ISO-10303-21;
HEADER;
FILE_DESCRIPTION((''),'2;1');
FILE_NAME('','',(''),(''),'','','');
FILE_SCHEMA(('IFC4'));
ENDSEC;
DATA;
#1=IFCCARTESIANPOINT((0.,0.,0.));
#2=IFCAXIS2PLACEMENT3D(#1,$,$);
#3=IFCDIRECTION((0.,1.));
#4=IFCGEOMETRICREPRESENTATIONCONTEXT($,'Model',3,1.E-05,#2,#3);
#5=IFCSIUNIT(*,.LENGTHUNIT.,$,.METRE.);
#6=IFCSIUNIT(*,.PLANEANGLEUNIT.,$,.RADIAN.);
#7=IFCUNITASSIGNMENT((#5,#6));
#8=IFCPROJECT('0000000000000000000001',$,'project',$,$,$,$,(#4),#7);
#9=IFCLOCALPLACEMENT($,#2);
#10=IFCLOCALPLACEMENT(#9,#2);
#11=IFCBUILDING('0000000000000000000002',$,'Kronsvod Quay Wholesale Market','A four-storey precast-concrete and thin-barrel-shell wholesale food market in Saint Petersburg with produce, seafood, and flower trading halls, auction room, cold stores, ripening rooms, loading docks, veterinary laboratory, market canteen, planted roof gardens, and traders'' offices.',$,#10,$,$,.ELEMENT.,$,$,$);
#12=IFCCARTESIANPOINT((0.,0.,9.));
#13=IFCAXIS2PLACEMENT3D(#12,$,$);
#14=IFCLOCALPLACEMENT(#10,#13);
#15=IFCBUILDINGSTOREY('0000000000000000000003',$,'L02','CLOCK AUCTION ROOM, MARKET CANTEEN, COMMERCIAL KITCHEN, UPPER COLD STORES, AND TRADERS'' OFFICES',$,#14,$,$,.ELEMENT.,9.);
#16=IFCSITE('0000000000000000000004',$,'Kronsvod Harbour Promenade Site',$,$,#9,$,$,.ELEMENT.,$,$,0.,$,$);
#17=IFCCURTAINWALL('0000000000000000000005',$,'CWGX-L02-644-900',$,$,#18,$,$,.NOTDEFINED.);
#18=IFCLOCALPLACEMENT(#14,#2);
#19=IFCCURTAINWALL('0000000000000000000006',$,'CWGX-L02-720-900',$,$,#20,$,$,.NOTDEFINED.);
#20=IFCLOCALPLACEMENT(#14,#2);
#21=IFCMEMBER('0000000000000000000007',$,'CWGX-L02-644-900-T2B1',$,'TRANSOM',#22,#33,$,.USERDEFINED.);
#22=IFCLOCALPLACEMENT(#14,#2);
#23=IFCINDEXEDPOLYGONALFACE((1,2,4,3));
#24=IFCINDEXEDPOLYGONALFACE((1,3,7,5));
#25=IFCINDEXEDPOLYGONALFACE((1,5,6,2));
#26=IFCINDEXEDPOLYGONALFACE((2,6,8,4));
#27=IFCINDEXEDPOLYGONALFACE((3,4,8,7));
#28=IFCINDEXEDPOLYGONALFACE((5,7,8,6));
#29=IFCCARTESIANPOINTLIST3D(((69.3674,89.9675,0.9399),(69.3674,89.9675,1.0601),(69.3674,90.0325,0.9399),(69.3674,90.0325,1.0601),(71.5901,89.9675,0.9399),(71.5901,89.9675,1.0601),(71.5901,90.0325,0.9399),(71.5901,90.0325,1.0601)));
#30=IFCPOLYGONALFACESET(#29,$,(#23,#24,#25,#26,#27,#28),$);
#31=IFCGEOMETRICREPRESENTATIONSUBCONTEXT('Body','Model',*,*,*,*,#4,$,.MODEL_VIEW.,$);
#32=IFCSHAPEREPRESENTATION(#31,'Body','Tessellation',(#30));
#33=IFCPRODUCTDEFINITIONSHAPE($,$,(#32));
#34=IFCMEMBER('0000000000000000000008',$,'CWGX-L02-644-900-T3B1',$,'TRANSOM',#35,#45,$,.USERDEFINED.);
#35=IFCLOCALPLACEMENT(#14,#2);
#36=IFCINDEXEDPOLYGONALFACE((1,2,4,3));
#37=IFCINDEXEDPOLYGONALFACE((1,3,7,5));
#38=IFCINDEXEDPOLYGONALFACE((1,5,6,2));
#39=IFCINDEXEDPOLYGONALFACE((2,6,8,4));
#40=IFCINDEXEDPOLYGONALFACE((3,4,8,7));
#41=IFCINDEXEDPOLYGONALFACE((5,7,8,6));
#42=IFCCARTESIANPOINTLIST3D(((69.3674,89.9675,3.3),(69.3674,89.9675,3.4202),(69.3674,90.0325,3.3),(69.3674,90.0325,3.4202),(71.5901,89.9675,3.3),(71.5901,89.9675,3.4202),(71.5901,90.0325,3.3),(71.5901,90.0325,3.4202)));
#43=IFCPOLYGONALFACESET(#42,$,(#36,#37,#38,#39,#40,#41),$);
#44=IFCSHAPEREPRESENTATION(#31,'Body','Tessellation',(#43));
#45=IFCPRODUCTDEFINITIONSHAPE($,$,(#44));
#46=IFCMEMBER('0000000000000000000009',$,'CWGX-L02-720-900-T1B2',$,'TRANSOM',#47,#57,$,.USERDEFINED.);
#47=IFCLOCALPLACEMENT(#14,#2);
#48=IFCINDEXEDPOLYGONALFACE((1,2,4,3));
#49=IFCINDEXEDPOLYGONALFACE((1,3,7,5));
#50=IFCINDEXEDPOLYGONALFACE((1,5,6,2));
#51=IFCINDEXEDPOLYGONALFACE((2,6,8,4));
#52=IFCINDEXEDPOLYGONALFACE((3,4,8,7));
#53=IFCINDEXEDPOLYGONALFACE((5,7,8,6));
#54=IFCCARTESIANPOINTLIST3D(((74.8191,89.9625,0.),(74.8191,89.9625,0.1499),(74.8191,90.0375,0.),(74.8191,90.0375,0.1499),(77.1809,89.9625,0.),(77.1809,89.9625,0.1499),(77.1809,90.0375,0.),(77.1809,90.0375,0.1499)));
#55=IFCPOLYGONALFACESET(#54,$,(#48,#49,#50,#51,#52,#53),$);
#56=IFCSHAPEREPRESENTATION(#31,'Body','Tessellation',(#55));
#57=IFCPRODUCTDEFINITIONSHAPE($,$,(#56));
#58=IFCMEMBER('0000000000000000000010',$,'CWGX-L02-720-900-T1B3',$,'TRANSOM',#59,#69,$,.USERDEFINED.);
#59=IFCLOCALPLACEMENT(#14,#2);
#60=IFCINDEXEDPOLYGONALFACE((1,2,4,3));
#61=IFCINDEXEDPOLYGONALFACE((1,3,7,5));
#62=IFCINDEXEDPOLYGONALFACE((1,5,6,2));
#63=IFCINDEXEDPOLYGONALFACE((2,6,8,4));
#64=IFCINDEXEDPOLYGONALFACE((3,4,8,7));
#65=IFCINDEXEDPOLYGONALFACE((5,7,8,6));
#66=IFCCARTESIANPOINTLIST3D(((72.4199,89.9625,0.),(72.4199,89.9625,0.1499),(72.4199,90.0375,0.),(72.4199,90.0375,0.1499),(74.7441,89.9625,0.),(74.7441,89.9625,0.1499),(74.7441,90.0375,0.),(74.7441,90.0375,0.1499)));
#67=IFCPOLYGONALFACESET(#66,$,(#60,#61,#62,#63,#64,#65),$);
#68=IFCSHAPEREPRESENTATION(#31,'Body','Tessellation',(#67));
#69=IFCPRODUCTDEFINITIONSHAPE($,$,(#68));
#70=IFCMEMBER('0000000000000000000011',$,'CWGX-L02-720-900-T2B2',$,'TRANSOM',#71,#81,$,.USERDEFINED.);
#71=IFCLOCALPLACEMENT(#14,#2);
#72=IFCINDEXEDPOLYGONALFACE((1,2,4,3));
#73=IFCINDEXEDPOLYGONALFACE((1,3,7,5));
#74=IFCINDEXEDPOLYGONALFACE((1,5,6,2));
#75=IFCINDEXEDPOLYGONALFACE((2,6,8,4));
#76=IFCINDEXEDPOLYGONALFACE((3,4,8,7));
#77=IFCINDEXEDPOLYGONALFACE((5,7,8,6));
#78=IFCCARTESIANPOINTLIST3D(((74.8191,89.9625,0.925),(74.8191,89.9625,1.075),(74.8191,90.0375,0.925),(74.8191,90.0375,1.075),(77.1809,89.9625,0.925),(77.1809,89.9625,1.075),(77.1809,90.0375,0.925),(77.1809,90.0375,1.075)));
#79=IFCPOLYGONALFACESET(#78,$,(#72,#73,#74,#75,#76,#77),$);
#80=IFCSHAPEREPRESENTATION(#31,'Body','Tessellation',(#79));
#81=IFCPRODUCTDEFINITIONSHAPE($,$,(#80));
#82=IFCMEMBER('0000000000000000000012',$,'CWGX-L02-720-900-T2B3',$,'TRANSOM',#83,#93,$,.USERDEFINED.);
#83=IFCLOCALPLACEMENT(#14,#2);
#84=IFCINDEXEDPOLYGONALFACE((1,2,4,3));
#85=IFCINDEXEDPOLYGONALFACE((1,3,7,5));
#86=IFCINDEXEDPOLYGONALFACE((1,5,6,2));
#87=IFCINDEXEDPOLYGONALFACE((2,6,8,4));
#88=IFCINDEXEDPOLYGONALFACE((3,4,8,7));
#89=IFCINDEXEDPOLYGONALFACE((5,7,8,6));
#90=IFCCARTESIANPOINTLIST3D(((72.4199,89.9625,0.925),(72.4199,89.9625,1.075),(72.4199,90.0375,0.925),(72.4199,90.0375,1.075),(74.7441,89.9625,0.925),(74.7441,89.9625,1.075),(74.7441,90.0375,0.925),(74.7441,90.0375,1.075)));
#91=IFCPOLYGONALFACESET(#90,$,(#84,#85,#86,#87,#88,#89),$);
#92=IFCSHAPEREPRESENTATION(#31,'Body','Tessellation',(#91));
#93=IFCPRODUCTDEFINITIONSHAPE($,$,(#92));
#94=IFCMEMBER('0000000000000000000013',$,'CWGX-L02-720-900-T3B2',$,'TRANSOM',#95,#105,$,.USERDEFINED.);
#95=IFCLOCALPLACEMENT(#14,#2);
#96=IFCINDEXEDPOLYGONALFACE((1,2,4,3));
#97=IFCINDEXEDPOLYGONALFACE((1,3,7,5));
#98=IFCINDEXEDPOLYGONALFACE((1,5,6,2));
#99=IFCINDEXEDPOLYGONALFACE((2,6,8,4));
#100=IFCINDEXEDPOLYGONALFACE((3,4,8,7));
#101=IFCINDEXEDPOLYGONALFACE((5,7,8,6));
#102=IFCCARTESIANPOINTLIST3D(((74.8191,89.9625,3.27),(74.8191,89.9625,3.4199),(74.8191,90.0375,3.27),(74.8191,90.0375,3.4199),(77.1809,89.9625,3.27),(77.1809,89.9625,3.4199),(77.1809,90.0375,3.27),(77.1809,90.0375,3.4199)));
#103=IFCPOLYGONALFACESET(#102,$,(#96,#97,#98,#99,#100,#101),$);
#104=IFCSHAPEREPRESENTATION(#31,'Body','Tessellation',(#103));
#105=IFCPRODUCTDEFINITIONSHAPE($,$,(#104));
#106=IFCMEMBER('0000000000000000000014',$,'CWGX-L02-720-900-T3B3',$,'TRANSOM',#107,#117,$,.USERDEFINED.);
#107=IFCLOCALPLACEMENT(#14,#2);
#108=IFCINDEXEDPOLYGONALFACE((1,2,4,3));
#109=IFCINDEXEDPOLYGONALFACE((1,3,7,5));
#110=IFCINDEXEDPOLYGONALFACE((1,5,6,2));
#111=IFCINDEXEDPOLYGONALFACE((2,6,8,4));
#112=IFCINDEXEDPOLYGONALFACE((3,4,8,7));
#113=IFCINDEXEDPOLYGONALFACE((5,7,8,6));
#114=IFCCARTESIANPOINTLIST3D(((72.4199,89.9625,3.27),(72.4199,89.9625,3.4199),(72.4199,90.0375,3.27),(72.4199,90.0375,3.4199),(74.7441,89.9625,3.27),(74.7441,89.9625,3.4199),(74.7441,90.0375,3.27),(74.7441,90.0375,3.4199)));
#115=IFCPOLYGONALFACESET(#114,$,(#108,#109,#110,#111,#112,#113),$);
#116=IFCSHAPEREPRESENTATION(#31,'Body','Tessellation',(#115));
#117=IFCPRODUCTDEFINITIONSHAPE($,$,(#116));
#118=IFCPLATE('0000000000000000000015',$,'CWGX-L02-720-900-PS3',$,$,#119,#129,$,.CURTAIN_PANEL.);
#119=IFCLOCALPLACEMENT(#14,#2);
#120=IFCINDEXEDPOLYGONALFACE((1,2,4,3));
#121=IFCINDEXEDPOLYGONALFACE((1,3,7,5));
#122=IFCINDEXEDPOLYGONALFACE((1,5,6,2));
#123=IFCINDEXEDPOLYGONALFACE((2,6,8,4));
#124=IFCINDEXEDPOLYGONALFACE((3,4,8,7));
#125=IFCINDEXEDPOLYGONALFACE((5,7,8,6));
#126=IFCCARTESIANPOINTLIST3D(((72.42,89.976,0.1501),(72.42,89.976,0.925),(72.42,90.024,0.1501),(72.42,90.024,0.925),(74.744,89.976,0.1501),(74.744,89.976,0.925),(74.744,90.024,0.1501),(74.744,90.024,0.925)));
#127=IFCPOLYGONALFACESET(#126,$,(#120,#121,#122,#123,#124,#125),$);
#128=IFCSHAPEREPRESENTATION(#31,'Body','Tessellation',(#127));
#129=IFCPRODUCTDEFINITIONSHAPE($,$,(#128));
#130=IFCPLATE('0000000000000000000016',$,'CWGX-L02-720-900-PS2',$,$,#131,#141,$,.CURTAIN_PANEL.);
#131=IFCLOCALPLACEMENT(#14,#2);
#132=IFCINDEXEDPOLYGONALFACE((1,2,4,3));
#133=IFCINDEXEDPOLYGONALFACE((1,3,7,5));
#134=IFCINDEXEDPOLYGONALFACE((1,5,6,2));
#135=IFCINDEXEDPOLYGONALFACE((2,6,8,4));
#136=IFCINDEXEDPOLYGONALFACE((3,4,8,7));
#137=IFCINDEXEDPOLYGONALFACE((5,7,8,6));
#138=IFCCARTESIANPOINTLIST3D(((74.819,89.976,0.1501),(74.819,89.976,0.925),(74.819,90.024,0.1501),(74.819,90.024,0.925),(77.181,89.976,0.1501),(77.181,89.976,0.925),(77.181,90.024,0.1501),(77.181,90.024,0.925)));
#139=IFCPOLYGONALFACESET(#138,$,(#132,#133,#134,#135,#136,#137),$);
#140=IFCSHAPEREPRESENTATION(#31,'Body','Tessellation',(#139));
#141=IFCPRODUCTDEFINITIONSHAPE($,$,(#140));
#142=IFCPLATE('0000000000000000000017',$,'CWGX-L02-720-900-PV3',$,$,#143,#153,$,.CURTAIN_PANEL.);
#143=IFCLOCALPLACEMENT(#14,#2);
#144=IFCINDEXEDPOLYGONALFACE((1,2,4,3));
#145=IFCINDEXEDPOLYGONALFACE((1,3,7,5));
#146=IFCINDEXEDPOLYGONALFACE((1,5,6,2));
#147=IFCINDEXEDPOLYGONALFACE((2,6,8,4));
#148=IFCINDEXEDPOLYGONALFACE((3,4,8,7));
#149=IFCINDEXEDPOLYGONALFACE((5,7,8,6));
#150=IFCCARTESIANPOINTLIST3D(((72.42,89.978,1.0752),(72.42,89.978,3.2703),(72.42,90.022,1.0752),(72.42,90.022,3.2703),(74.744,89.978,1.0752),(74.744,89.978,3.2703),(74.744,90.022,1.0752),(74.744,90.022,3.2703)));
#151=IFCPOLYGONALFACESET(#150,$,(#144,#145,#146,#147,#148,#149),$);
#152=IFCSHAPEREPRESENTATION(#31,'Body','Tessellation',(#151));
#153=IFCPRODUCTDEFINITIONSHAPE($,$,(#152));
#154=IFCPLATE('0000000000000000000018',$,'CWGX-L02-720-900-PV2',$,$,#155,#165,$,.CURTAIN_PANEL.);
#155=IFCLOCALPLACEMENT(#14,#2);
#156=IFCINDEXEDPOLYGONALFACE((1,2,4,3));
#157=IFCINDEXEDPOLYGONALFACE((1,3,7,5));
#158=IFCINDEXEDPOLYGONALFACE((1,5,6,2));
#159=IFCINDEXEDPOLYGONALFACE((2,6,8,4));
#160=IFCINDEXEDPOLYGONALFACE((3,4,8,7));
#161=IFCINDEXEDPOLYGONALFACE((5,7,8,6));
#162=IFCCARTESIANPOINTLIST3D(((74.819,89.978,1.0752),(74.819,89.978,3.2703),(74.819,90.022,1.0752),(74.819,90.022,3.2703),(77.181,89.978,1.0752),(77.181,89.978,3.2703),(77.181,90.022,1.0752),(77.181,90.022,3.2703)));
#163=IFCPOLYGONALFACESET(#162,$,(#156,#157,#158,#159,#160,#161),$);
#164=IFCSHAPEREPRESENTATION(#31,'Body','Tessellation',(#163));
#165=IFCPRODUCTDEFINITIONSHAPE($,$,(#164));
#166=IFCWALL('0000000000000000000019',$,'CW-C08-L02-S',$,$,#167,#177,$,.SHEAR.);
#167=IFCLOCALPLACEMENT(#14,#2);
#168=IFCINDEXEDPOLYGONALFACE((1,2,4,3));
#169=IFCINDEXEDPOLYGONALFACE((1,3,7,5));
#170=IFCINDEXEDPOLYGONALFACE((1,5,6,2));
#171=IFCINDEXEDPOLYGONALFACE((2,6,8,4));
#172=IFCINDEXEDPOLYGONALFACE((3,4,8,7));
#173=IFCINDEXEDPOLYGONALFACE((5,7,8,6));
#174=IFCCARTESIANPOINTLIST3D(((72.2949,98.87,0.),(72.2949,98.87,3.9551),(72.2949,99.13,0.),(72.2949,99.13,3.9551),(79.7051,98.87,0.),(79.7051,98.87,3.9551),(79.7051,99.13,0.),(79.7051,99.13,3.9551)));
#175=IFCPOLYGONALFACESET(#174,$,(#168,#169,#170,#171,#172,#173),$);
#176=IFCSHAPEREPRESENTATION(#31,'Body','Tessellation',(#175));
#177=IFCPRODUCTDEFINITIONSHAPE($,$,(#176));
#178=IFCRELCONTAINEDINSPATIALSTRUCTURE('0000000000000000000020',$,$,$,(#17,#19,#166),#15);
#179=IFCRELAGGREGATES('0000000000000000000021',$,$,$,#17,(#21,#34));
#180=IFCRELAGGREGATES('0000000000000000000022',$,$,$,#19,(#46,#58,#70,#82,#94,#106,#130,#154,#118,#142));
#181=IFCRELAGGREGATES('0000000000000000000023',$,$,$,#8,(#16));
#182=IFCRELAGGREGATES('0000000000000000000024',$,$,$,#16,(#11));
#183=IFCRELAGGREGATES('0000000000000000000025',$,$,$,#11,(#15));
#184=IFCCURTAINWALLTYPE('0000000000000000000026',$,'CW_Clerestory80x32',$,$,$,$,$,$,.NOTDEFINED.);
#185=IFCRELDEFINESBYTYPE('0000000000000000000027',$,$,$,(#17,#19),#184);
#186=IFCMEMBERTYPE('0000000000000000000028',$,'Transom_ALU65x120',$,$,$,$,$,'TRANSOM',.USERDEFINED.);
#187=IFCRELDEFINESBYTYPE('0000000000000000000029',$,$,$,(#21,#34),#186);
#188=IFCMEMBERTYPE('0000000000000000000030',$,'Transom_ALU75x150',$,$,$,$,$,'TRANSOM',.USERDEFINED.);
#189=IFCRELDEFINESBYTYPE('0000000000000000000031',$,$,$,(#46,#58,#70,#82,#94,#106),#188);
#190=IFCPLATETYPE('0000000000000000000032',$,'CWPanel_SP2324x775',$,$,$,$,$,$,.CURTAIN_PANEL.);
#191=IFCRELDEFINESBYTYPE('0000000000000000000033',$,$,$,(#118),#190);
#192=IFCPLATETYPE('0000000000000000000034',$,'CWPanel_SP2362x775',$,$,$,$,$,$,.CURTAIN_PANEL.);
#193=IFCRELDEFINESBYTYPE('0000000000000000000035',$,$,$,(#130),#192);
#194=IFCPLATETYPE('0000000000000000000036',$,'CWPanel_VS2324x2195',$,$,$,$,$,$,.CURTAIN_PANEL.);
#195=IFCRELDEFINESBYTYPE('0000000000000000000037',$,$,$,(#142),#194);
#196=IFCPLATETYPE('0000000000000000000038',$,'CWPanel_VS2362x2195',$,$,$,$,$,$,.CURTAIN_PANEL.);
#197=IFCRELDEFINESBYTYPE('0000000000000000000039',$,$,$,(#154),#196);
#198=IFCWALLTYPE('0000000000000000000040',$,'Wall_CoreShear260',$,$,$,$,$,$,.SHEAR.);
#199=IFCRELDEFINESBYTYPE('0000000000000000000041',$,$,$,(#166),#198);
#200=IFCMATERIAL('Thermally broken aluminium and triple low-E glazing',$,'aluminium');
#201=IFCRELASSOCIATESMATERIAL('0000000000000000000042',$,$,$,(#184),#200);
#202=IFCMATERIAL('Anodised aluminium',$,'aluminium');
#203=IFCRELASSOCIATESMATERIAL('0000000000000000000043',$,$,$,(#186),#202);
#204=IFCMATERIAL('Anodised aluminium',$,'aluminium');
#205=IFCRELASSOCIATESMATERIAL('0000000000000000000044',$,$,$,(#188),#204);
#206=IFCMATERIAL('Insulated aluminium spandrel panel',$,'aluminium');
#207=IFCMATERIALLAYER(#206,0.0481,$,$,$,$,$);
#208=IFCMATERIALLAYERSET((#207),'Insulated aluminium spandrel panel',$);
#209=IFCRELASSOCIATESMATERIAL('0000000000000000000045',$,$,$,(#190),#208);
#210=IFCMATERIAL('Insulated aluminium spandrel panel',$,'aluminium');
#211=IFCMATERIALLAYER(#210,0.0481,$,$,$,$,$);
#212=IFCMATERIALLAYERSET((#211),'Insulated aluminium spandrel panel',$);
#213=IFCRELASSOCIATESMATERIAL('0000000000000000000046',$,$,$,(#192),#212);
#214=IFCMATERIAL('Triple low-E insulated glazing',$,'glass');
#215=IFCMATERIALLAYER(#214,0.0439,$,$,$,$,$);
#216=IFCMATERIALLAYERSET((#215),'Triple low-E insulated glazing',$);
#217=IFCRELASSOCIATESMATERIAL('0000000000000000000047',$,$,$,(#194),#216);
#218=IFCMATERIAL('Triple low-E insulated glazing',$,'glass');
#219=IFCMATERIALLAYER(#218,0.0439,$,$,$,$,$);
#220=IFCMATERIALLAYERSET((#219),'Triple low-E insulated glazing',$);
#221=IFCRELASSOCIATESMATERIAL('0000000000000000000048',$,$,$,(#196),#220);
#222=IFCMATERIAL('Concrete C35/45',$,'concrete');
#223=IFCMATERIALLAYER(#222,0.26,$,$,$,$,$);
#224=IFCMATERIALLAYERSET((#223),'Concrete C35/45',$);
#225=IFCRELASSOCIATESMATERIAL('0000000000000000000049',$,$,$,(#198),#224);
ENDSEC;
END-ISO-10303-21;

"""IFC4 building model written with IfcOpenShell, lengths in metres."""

from ifc_helpers import new_model, si_unit, direction, frame, frame_2d, origin, origin_2d, place, context, subcontext, project, spatial, rectangle, extrude, material, layer, layer_set, material_profile, profile_set, type_object, element, aggregate, save


model = new_model("IFC4")

# Units and contexts
model_context = context("Model", 3, precision=1e-05, world=origin(), true_north=direction((0.0, 1.0)))
body_context = subcontext(model_context, "Body", "Model", "MODEL_VIEW")
ifc_project = project(units=[si_unit("LENGTHUNIT", "METRE"), si_unit("PLANEANGLEUNIT", "RADIAN")], contexts=[model_context])

# Site, building, storey
site_placement = place(None, origin())
site = spatial("IfcSite", under=ifc_project, at=site_placement, Name="Kronsvod Harbour Promenade Site", CompositionType="ELEMENT", RefElevation=0.0)
building_placement = place(site_placement, origin())
building = spatial("IfcBuilding", under=site, at=building_placement, Name="Kronsvod Quay Wholesale Market", Description="A four-storey precast-concrete and thin-barrel-shell wholesale food market in Saint Petersburg with produce, seafood, and flower trading halls, auction room, cold stores, ripening rooms, loading docks, veterinary laboratory, market canteen, planted roof gardens, and traders' offices.", CompositionType="ELEMENT")
storey_placement = place(building_placement, frame((0.0, 0.0, 9.0)))
storey = spatial("IfcBuildingStorey", under=building, at=storey_placement, Name="L02", Description="CLOCK AUCTION ROOM, MARKET CANTEEN, COMMERCIAL KITCHEN, UPPER COLD STORES, AND TRADERS' OFFICES", CompositionType="ELEMENT", Elevation=9.0)

# Curtain wall
ifc_material_1 = material(Name="Thermally broken aluminium and triple low-E glazing", Category="aluminium")
curtain_wall_type_1 = type_object("IfcCurtainWallType", Name="CW_Clerestory80x32", PredefinedType="NOTDEFINED", material=ifc_material_1)
curtain_wall_1_placement = place(storey_placement, origin())
curtain_wall_1 = element("IfcCurtainWall", 1, at=curtain_wall_1_placement, inside=storey, type_object=curtain_wall_type_1, Name="CWGX-L02-644-900", PredefinedType="NOTDEFINED")

# Curtain wall
curtain_wall_2_placement = place(storey_placement, origin())
curtain_wall_2 = element("IfcCurtainWall", 2, at=curtain_wall_2_placement, inside=storey, type_object=curtain_wall_type_1, Name="CWGX-L02-720-900", PredefinedType="NOTDEFINED")

# Members
ifc_material_2 = material(Name="Anodised aluminium", Category="aluminium")
ifc_material_profile_1 = material_profile(ifc_material_2, rectangle(XDim=0.0649, YDim=0.1201, at=origin_2d()), Name="ALUT65x120")
ifc_profile_set_1 = profile_set([ifc_material_profile_1], Name="Anodised aluminium")
member_type_1 = type_object("IfcMemberType", Name="Transom_ALU65x120", ElementType="TRANSOM", PredefinedType="USERDEFINED", material=ifc_profile_set_1)
member_1_placement = place(storey_placement, frame((71.5901, 90.0, 1.0), z_axis=(-1.0, 0.0, 0.0), x_axis=(0.0, -1.0, 0.0)))
member_1 = element("IfcMember", 3, at=member_1_placement, type_object=member_type_1, Name="CWGX-L02-644-900-T2B1", ObjectType="TRANSOM", PredefinedType="USERDEFINED", context=body_context, shape_type="SweptSolid", body=[
    extrude(rectangle(XDim=0.0649, YDim=0.1201, at=origin_2d()), origin(), (0.0, 0.0, 1.0), 2.2227),
])
member_2_placement = place(storey_placement, frame((71.5901, 90.0, 3.3601), z_axis=(-1.0, 0.0, 0.0), x_axis=(0.0, -1.0, 0.0)))
member_2 = element("IfcMember", 4, at=member_2_placement, type_object=member_type_1, Name="CWGX-L02-644-900-T3B1", ObjectType="TRANSOM", PredefinedType="USERDEFINED", context=body_context, shape_type="SweptSolid", body=[
    extrude(rectangle(XDim=0.0649, YDim=0.1201, at=origin_2d()), origin(), (0.0, 0.0, 1.0), 2.2227),
])
aggregate(curtain_wall_1, [member_1, member_2])
ifc_material_3 = material(Name="Anodised aluminium", Category="aluminium")
ifc_material_profile_2 = material_profile(ifc_material_3, rectangle(XDim=0.075, YDim=0.1499, at=origin_2d()), Name="ALUT75x150")
ifc_profile_set_2 = profile_set([ifc_material_profile_2], Name="Anodised aluminium")
member_type_2 = type_object("IfcMemberType", Name="Transom_ALU75x150", ElementType="TRANSOM", PredefinedType="USERDEFINED", material=ifc_profile_set_2)
member_3_placement = place(storey_placement, frame((77.1809, 90.0, 0.075), z_axis=(-1.0, 0.0, 0.0), x_axis=(0.0, -1.0, 0.0)))
member_3 = element("IfcMember", 5, at=member_3_placement, type_object=member_type_2, Name="CWGX-L02-720-900-T1B2", ObjectType="TRANSOM", PredefinedType="USERDEFINED", context=body_context, shape_type="SweptSolid", body=[
    extrude(rectangle(XDim=0.075, YDim=0.1499, at=origin_2d()), origin(), (0.0, 0.0, 1.0), 2.3618),
])
member_4_placement = place(storey_placement, frame((74.7441, 90.0, 0.075), z_axis=(-1.0, 0.0, 0.0), x_axis=(0.0, -1.0, 0.0)))
member_4 = element("IfcMember", 6, at=member_4_placement, type_object=member_type_2, Name="CWGX-L02-720-900-T1B3", ObjectType="TRANSOM", PredefinedType="USERDEFINED", context=body_context, shape_type="SweptSolid", body=[
    extrude(rectangle(XDim=0.075, YDim=0.1499, at=origin_2d()), origin(), (0.0, 0.0, 1.0), 2.3242),
])
member_5_placement = place(storey_placement, frame((77.1809, 90.0, 1.0), z_axis=(-1.0, 0.0, 0.0), x_axis=(0.0, -1.0, 0.0)))
member_5 = element("IfcMember", 7, at=member_5_placement, type_object=member_type_2, Name="CWGX-L02-720-900-T2B2", ObjectType="TRANSOM", PredefinedType="USERDEFINED", context=body_context, shape_type="SweptSolid", body=[
    extrude(rectangle(XDim=0.075, YDim=0.1499, at=origin_2d()), origin(), (0.0, 0.0, 1.0), 2.3618),
])
member_6_placement = place(storey_placement, frame((74.7441, 90.0, 1.0), z_axis=(-1.0, 0.0, 0.0), x_axis=(0.0, -1.0, 0.0)))
member_6 = element("IfcMember", 8, at=member_6_placement, type_object=member_type_2, Name="CWGX-L02-720-900-T2B3", ObjectType="TRANSOM", PredefinedType="USERDEFINED", context=body_context, shape_type="SweptSolid", body=[
    extrude(rectangle(XDim=0.075, YDim=0.1499, at=origin_2d()), origin(), (0.0, 0.0, 1.0), 2.3242),
])
member_7_placement = place(storey_placement, frame((77.1809, 90.0, 3.345), z_axis=(-1.0, 0.0, 0.0), x_axis=(0.0, -1.0, 0.0)))
member_7 = element("IfcMember", 9, at=member_7_placement, type_object=member_type_2, Name="CWGX-L02-720-900-T3B2", ObjectType="TRANSOM", PredefinedType="USERDEFINED", context=body_context, shape_type="SweptSolid", body=[
    extrude(rectangle(XDim=0.075, YDim=0.1499, at=origin_2d()), origin(), (0.0, 0.0, 1.0), 2.3618),
])
member_8_placement = place(storey_placement, frame((74.7441, 90.0, 3.345), z_axis=(-1.0, 0.0, 0.0), x_axis=(0.0, -1.0, 0.0)))
member_8 = element("IfcMember", 10, at=member_8_placement, type_object=member_type_2, Name="CWGX-L02-720-900-T3B3", ObjectType="TRANSOM", PredefinedType="USERDEFINED", context=body_context, shape_type="SweptSolid", body=[
    extrude(rectangle(XDim=0.075, YDim=0.1499, at=origin_2d()), origin(), (0.0, 0.0, 1.0), 2.3242),
])

# Plates
ifc_material_4 = material(Name="Insulated aluminium spandrel panel", Category="aluminium")
ifc_layer_1 = layer(ifc_material_4, 0.0481)
ifc_layer_set_1 = layer_set([ifc_layer_1], Name="Insulated aluminium spandrel panel")
plate_type_1 = type_object("IfcPlateType", Name="CWPanel_SP2324x775", PredefinedType="CURTAIN_PANEL", material=ifc_layer_set_1)
plate_1_placement = place(storey_placement, frame((73.582, 90.0, 0.1501), z_axis=(0.0, 0.0, 1.0), x_axis=(-1.0, 0.0, 0.0)))
plate_1 = element("IfcPlate", 11, at=plate_1_placement, type_object=plate_type_1, Name="CWGX-L02-720-900-PS3", PredefinedType="CURTAIN_PANEL", context=body_context, shape_type="SweptSolid", body=[
    extrude(rectangle(XDim=2.324, YDim=0.0481, at=origin_2d()), origin(), (0.0, 0.0, 1.0), 0.7749),
])
ifc_material_5 = material(Name="Insulated aluminium spandrel panel", Category="aluminium")
ifc_layer_2 = layer(ifc_material_5, 0.0481)
ifc_layer_set_2 = layer_set([ifc_layer_2], Name="Insulated aluminium spandrel panel")
plate_type_2 = type_object("IfcPlateType", Name="CWPanel_SP2362x775", PredefinedType="CURTAIN_PANEL", material=ifc_layer_set_2)
plate_2_placement = place(storey_placement, frame((76.0, 90.0, 0.1501), z_axis=(0.0, 0.0, 1.0), x_axis=(-1.0, 0.0, 0.0)))
plate_2 = element("IfcPlate", 12, at=plate_2_placement, type_object=plate_type_2, Name="CWGX-L02-720-900-PS2", PredefinedType="CURTAIN_PANEL", context=body_context, shape_type="SweptSolid", body=[
    extrude(rectangle(XDim=2.3621, YDim=0.0481, at=origin_2d()), origin(), (0.0, 0.0, 1.0), 0.7749),
])
ifc_material_6 = material(Name="Triple low-E insulated glazing", Category="glass")
ifc_layer_3 = layer(ifc_material_6, 0.0439)
ifc_layer_set_3 = layer_set([ifc_layer_3], Name="Triple low-E insulated glazing")
plate_type_3 = type_object("IfcPlateType", Name="CWPanel_VS2324x2195", PredefinedType="CURTAIN_PANEL", material=ifc_layer_set_3)
plate_3_placement = place(storey_placement, frame((73.582, 90.0, 1.0752), z_axis=(0.0, 0.0, 1.0), x_axis=(-1.0, 0.0, 0.0)))
plate_3 = element("IfcPlate", 13, at=plate_3_placement, type_object=plate_type_3, Name="CWGX-L02-720-900-PV3", PredefinedType="CURTAIN_PANEL", context=body_context, shape_type="SweptSolid", body=[
    extrude(rectangle(XDim=2.324, YDim=0.0439, at=origin_2d()), origin(), (0.0, 0.0, 1.0), 2.1951),
])
ifc_material_7 = material(Name="Triple low-E insulated glazing", Category="glass")
ifc_layer_4 = layer(ifc_material_7, 0.0439)
ifc_layer_set_4 = layer_set([ifc_layer_4], Name="Triple low-E insulated glazing")
plate_type_4 = type_object("IfcPlateType", Name="CWPanel_VS2362x2195", PredefinedType="CURTAIN_PANEL", material=ifc_layer_set_4)
plate_4_placement = place(storey_placement, frame((76.0, 90.0, 1.0752), z_axis=(0.0, 0.0, 1.0), x_axis=(-1.0, 0.0, 0.0)))
plate_4 = element("IfcPlate", 14, at=plate_4_placement, type_object=plate_type_4, Name="CWGX-L02-720-900-PV2", PredefinedType="CURTAIN_PANEL", context=body_context, shape_type="SweptSolid", body=[
    extrude(rectangle(XDim=2.3621, YDim=0.0439, at=origin_2d()), origin(), (0.0, 0.0, 1.0), 2.1951),
])
aggregate(curtain_wall_2, [member_3, member_4, member_5, member_6, member_7, member_8, plate_2, plate_4, plate_1, plate_3])

# Wall
ifc_material_8 = material(Name="Concrete C35/45", Category="concrete")
ifc_layer_5 = layer(ifc_material_8, 0.26)
ifc_layer_set_5 = layer_set([ifc_layer_5], Name="Concrete C35/45")
wall_type = type_object("IfcWallType", Name="Wall_CoreShear260", PredefinedType="SHEAR", material=ifc_layer_set_5)
wall_placement = place(storey_placement, frame((72.2949, 99.0, 0.0), z_axis=(0.0, 0.0, 1.0), x_axis=(1.0, 0.0, 0.0)))
element("IfcWall", 15, at=wall_placement, inside=storey, type_object=wall_type, Name="CW-C08-L02-S", PredefinedType="SHEAR", context=body_context, shape_type="SweptSolid", body=[
    extrude(rectangle(XDim=7.4102, YDim=0.26, at=frame_2d((3.7051, 0.0))), origin(), (0.0, 0.0, 1.0), 3.9551),
])

save(model, "model.ifc")
